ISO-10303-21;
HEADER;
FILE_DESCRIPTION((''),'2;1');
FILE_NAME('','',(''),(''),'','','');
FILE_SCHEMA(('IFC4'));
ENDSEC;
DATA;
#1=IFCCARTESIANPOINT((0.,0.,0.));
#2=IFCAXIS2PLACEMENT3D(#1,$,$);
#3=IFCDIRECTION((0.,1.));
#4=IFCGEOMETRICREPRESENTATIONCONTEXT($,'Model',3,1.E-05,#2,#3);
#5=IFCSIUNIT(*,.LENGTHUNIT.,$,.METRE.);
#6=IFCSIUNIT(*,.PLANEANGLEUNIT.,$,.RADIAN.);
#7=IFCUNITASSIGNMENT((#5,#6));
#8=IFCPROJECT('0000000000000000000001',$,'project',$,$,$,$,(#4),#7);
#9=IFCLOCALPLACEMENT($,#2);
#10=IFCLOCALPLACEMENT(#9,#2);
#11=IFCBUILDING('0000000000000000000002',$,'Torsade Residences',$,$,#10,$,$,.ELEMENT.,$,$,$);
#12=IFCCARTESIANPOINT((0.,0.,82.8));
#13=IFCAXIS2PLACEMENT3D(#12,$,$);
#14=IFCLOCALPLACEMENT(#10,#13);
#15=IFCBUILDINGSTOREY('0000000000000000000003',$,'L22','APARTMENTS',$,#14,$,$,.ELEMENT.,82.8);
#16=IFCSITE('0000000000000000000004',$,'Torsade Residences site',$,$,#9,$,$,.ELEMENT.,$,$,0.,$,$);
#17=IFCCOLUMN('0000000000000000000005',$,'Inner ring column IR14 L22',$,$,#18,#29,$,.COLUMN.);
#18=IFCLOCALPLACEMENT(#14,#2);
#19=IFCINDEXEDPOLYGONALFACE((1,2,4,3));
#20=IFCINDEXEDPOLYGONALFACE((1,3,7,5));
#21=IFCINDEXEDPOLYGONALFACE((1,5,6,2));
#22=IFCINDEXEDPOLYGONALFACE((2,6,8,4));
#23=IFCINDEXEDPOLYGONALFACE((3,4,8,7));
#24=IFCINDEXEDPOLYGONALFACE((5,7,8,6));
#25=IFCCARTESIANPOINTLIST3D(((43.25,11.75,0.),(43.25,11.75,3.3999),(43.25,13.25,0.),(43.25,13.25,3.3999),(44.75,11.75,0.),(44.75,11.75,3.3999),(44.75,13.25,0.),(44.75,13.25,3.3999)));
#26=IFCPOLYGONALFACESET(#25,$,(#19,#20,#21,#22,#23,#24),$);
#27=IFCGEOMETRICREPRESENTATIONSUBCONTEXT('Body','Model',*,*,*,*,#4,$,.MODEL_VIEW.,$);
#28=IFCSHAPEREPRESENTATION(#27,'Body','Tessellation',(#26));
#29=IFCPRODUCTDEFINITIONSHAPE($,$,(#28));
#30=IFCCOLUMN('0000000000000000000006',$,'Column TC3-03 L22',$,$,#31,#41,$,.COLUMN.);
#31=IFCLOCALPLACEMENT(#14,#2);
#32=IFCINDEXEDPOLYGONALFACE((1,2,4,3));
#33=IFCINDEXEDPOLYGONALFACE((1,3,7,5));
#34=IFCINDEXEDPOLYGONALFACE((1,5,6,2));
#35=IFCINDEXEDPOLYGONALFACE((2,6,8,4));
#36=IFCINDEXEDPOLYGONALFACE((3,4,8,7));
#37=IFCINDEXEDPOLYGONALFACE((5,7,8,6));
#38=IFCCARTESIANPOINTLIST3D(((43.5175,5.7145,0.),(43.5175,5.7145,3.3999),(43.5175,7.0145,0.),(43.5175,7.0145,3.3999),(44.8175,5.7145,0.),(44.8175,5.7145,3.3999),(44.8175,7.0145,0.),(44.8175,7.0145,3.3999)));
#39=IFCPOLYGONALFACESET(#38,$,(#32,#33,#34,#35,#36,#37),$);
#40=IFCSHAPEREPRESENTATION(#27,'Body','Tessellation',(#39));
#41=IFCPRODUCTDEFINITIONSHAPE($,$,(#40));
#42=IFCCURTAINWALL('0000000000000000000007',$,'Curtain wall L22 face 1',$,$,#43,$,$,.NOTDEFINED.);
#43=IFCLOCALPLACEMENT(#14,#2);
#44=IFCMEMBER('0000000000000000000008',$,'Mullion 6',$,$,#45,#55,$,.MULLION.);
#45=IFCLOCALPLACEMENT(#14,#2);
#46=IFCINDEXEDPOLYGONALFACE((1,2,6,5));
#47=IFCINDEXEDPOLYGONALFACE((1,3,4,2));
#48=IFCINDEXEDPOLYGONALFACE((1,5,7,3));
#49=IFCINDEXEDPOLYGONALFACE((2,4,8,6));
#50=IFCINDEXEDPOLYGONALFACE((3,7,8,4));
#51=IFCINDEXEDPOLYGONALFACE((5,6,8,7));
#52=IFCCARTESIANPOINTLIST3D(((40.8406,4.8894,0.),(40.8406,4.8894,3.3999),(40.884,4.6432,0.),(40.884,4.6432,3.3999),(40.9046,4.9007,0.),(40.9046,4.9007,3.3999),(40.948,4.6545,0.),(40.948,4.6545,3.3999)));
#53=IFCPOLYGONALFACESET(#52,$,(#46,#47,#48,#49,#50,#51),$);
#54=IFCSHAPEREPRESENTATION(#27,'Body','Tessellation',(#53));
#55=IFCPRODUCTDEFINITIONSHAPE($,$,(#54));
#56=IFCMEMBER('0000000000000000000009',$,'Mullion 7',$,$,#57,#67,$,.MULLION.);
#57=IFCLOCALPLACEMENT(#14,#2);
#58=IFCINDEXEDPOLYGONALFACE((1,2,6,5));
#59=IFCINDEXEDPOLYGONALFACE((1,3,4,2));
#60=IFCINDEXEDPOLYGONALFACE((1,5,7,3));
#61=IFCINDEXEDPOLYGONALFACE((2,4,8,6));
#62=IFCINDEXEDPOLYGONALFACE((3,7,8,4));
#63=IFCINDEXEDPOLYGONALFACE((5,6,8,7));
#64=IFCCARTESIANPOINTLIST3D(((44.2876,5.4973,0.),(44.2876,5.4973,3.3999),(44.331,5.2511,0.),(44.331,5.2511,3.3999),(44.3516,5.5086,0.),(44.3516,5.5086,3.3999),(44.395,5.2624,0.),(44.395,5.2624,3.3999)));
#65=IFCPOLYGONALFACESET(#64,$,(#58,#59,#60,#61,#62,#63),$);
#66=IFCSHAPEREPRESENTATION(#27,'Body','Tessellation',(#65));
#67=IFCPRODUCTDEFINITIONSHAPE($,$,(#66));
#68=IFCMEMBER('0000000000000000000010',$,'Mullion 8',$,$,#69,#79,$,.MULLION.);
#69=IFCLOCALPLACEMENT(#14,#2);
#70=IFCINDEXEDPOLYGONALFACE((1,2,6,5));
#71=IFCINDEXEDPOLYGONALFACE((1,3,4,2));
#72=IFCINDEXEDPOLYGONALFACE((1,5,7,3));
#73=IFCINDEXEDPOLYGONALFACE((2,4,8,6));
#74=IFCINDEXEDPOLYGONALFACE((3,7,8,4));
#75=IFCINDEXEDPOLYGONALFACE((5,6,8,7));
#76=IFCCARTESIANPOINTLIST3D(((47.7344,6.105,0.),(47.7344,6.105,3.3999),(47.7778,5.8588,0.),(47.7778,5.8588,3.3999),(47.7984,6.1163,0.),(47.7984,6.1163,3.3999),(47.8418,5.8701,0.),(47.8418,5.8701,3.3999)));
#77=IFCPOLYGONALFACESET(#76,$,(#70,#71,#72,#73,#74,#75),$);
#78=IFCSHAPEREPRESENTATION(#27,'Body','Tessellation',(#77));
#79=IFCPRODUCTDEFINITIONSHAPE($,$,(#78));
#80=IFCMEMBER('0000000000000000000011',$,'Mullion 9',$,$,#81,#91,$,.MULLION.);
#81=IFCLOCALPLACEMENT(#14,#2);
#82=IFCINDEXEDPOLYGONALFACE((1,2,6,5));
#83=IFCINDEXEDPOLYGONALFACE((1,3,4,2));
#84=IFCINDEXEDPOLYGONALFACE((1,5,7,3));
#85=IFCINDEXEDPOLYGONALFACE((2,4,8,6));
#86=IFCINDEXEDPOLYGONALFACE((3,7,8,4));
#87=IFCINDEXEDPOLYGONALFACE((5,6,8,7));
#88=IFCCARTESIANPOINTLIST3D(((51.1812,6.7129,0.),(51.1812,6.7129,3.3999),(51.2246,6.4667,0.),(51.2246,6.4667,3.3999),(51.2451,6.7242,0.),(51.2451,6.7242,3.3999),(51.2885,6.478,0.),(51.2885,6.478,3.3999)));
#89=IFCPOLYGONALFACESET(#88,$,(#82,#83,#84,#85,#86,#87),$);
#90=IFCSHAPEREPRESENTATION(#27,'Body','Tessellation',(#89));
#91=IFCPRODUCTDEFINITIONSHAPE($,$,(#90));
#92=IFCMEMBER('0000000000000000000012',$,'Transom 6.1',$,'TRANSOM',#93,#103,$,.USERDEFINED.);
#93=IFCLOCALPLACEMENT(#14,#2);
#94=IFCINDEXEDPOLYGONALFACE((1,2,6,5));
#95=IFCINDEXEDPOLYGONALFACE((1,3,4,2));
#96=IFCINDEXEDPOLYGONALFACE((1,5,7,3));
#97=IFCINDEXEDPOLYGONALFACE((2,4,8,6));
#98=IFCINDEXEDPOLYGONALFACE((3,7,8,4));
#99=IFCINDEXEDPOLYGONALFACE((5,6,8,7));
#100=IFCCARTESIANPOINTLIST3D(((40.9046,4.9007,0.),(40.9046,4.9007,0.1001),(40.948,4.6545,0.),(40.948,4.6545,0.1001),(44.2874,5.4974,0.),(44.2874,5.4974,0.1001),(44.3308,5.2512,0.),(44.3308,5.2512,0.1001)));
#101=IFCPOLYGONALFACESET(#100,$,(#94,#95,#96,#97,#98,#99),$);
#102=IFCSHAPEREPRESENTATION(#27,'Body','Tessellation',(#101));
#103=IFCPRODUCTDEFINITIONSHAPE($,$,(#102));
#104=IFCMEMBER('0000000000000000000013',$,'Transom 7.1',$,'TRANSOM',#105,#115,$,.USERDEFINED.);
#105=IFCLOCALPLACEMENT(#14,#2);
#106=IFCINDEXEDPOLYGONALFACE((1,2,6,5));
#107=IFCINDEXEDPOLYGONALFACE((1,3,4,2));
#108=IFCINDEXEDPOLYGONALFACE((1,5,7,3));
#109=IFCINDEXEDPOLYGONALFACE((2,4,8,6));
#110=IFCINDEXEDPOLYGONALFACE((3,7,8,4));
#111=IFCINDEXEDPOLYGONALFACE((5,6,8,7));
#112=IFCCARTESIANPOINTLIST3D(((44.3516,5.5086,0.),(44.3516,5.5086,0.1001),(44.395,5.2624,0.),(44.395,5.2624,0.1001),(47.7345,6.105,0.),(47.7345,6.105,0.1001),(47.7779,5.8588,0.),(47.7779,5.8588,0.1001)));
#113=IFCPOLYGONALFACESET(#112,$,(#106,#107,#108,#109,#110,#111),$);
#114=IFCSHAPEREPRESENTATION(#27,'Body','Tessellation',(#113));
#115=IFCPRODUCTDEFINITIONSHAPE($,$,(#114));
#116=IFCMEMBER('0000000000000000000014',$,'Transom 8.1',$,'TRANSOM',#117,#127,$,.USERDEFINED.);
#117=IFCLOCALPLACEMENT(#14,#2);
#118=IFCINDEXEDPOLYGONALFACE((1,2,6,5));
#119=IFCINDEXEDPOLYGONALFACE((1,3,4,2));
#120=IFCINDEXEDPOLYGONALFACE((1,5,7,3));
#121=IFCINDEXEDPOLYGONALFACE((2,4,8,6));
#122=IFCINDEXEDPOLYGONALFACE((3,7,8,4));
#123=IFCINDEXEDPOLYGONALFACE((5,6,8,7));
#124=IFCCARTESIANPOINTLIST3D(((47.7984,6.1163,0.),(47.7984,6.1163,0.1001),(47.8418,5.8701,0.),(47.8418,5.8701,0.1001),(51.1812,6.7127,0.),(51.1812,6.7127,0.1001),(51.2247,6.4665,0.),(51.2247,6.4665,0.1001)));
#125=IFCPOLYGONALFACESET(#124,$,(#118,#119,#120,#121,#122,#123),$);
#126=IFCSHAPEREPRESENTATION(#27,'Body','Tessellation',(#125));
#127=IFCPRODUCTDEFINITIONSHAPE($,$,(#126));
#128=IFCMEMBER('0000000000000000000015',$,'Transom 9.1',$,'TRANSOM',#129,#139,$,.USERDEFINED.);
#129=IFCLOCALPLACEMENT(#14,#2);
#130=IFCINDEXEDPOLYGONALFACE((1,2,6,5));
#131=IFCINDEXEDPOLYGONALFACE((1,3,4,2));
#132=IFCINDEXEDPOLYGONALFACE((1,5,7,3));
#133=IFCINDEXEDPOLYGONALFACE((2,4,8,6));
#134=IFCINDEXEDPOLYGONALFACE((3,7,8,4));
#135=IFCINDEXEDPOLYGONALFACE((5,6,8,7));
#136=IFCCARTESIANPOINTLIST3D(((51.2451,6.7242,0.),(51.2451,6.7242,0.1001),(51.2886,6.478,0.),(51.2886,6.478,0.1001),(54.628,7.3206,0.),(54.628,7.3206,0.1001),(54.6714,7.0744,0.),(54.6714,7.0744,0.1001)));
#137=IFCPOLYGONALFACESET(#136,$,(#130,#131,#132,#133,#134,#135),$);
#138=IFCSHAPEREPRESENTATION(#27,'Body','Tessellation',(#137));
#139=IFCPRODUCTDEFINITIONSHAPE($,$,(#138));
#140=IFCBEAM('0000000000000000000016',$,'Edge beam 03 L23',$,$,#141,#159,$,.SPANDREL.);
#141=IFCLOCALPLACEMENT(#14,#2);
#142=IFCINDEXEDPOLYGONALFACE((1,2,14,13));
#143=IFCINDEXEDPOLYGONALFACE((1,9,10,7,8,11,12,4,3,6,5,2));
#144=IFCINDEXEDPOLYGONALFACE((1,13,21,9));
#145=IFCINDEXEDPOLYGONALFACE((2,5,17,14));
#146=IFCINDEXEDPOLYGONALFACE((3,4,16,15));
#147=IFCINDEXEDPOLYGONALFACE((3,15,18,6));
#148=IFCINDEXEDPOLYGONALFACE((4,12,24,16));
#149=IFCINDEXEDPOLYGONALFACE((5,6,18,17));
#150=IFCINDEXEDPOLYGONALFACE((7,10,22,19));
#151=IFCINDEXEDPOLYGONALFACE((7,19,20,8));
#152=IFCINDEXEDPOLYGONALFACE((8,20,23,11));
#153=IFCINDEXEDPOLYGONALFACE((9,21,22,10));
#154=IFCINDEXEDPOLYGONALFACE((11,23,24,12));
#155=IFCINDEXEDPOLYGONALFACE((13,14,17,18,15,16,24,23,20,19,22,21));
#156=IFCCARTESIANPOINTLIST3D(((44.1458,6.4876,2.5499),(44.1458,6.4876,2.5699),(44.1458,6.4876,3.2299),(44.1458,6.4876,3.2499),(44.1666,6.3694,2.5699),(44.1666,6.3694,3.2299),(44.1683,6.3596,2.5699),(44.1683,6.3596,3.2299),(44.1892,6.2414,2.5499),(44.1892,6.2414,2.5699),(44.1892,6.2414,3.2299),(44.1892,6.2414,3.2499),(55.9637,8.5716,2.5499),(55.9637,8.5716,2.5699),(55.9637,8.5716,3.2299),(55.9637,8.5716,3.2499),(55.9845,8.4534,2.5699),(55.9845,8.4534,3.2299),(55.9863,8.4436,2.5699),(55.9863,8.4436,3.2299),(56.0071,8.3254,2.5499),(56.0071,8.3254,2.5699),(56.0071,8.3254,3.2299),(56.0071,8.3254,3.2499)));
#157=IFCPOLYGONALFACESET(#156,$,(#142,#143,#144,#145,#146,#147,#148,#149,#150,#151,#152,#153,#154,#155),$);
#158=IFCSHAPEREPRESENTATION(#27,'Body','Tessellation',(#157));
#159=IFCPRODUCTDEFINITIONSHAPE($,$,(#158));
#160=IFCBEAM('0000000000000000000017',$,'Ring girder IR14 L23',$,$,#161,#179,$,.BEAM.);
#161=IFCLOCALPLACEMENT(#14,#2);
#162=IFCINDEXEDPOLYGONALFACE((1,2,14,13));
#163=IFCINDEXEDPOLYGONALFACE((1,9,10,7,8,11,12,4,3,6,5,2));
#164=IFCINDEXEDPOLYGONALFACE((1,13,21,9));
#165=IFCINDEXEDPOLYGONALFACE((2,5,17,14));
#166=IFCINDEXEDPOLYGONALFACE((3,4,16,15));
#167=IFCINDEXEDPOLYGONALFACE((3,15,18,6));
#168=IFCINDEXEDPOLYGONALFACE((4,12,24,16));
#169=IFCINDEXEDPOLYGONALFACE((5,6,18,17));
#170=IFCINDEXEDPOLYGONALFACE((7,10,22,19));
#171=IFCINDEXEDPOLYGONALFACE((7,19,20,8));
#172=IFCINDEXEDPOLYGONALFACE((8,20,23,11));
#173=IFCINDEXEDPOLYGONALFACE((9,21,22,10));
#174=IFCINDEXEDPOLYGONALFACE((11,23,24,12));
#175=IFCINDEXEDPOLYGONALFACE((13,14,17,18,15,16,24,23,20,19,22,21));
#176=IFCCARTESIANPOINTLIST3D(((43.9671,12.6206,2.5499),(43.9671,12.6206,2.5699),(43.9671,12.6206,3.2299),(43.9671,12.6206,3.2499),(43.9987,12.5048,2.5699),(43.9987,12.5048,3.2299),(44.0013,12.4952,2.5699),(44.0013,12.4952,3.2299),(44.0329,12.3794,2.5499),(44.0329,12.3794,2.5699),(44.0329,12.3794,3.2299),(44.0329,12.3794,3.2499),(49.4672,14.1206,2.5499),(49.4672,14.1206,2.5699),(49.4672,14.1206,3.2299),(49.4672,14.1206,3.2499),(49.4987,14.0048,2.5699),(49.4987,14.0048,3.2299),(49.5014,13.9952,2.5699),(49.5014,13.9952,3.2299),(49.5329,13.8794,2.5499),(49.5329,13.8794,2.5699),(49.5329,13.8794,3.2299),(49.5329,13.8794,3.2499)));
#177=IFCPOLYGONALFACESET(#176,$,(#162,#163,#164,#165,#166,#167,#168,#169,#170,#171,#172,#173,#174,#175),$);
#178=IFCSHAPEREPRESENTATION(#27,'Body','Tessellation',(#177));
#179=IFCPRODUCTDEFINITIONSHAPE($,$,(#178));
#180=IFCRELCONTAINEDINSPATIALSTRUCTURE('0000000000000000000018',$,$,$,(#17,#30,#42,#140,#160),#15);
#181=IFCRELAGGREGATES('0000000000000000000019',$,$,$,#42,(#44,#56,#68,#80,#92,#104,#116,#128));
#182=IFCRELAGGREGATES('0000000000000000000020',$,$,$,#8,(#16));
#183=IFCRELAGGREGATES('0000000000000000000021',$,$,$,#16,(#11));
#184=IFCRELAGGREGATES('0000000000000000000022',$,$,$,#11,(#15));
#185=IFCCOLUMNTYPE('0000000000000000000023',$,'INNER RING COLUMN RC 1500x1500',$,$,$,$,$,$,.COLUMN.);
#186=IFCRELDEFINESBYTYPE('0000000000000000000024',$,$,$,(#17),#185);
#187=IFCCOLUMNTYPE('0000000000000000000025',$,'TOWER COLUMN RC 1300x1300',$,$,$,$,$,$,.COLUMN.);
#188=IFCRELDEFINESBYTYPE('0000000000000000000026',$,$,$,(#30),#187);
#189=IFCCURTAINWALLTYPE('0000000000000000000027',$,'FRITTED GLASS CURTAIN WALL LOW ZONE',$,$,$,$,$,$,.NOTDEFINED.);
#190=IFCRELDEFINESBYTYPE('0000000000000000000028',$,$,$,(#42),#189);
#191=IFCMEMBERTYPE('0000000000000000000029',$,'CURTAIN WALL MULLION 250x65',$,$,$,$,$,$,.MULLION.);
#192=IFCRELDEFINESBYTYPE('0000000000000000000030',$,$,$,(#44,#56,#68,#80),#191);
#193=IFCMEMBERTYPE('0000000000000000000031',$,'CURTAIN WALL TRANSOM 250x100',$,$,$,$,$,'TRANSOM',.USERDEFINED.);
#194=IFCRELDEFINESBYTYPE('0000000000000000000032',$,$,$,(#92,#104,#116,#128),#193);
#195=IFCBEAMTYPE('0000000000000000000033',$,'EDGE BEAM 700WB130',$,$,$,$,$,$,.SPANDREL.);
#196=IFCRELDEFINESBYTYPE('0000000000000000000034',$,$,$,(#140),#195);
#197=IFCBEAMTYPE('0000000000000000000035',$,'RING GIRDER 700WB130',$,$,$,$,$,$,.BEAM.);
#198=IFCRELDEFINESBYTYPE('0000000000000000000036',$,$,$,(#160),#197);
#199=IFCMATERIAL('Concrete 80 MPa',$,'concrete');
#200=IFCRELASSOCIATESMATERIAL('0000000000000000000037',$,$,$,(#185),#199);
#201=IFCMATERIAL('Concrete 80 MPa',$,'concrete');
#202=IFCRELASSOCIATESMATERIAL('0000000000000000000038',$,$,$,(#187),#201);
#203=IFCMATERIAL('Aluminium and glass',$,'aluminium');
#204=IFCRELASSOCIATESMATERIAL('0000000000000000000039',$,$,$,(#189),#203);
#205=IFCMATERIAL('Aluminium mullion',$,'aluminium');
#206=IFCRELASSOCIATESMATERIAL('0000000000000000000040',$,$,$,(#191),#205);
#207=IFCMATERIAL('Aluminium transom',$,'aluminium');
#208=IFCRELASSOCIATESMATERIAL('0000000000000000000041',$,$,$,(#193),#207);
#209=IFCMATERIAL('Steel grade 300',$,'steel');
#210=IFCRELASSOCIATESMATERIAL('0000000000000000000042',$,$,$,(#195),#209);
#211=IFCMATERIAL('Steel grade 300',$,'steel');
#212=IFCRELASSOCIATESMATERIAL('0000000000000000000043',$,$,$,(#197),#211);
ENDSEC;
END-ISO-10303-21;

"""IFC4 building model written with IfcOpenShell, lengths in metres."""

from ifc_helpers import new_model, si_unit, direction, frame, origin, origin_2d, place, context, subcontext, project, spatial, rectangle, i_section, extrude, material, material_profile, profile_set, type_object, element, aggregate, save


model = new_model("IFC4")

# Units and contexts
model_context = context("Model", 3, precision=1e-05, world=origin(), true_north=direction((0.0, 1.0)))
body_context = subcontext(model_context, "Body", "Model", "MODEL_VIEW")
ifc_project = project(units=[si_unit("LENGTHUNIT", "METRE"), si_unit("PLANEANGLEUNIT", "RADIAN")], contexts=[model_context])

# Site, building, storey
site_placement = place(None, origin())
site = spatial("IfcSite", under=ifc_project, at=site_placement, Name="Torsade Residences site", CompositionType="ELEMENT", RefElevation=0.0)
building_placement = place(site_placement, origin())
building = spatial("IfcBuilding", under=site, at=building_placement, Name="Torsade Residences", CompositionType="ELEMENT")
storey_placement = place(building_placement, frame((0.0, 0.0, 82.8)))
storey = spatial("IfcBuildingStorey", under=building, at=storey_placement, Name="L22", Description="APARTMENTS", CompositionType="ELEMENT", Elevation=82.8)

# Columns
ifc_material_1 = material(Name="Concrete 80 MPa", Category="concrete")
ifc_material_profile_1 = material_profile(ifc_material_1, rectangle(XDim=1.5, YDim=1.5, at=origin_2d()), Name="RC 1500x1500")
ifc_profile_set_1 = profile_set([ifc_material_profile_1], Name="Concrete 80 MPa")
column_type_1 = type_object("IfcColumnType", Name="INNER RING COLUMN RC 1500x1500", PredefinedType="COLUMN", material=ifc_profile_set_1)
column_1_placement = place(storey_placement, frame((44.0, 12.5, 0.0), z_axis=(0.0, 0.0, 1.0), x_axis=(1.0, 0.0, 0.0)))
element("IfcColumn", 1, at=column_1_placement, inside=storey, type_object=column_type_1, Name="Inner ring column IR14 L22", PredefinedType="COLUMN", context=body_context, shape_type="SweptSolid", body=[
    extrude(rectangle(XDim=1.5, YDim=1.5, at=origin_2d()), origin(), (0.0, 0.0, 1.0), 3.3999),
])
ifc_material_2 = material(Name="Concrete 80 MPa", Category="concrete")
ifc_material_profile_2 = material_profile(ifc_material_2, rectangle(XDim=1.3, YDim=1.3, at=origin_2d()), Name="RC 1300x1300")
ifc_profile_set_2 = profile_set([ifc_material_profile_2], Name="Concrete 80 MPa")
column_type_2 = type_object("IfcColumnType", Name="TOWER COLUMN RC 1300x1300", PredefinedType="COLUMN", material=ifc_profile_set_2)
column_2_placement = place(storey_placement, frame((44.1675, 6.3645, 0.0), z_axis=(0.0, 0.0, 1.0), x_axis=(1.0, 0.0, 0.0)))
element("IfcColumn", 2, at=column_2_placement, inside=storey, type_object=column_type_2, Name="Column TC3-03 L22", PredefinedType="COLUMN", context=body_context, shape_type="SweptSolid", body=[
    extrude(rectangle(XDim=1.3, YDim=1.3, at=origin_2d()), origin(), (0.0, 0.0, 1.0), 3.3999),
])

# Curtain wall, members
ifc_material_3 = material(Name="Aluminium and glass", Category="aluminium")
curtain_wall_type = type_object("IfcCurtainWallType", Name="FRITTED GLASS CURTAIN WALL LOW ZONE", PredefinedType="NOTDEFINED", material=ifc_material_3)
curtain_wall_placement = place(storey_placement, origin())
curtain_wall = element("IfcCurtainWall", 3, at=curtain_wall_placement, inside=storey, type_object=curtain_wall_type, Name="Curtain wall L22 face 1", PredefinedType="NOTDEFINED")
ifc_material_4 = material(Name="Aluminium mullion", Category="aluminium")
ifc_material_profile_3 = material_profile(ifc_material_4, rectangle(XDim=0.25, YDim=0.0649, at=origin_2d()), Name="CURTAIN WALL MULLION 250x65")
ifc_profile_set_3 = profile_set([ifc_material_profile_3], Name="Aluminium mullion")
member_type_1 = type_object("IfcMemberType", Name="CURTAIN WALL MULLION 250x65", PredefinedType="MULLION", material=ifc_profile_set_3)
member_1_placement = place(storey_placement, frame((40.8943, 4.772, 0.0), z_axis=(0.0, 0.0, 1.0), x_axis=(-0.173648, 0.984808, 0.0)))
member_1 = element("IfcMember", 4, at=member_1_placement, type_object=member_type_1, Name="Mullion 6", PredefinedType="MULLION", context=body_context, shape_type="SweptSolid", body=[
    extrude(rectangle(XDim=0.25, YDim=0.0649, at=origin_2d()), origin(), (0.0, 0.0, 1.0), 3.3999),
])
member_2_placement = place(storey_placement, frame((44.3413, 5.3799, 0.0), z_axis=(0.0, 0.0, 1.0), x_axis=(-0.173648, 0.984808, 0.0)))
member_2 = element("IfcMember", 5, at=member_2_placement, type_object=member_type_1, Name="Mullion 7", PredefinedType="MULLION", context=body_context, shape_type="SweptSolid", body=[
    extrude(rectangle(XDim=0.25, YDim=0.0649, at=origin_2d()), origin(), (0.0, 0.0, 1.0), 3.3999),
])
member_3_placement = place(storey_placement, frame((47.7881, 5.9875, 0.0), z_axis=(0.0, 0.0, 1.0), x_axis=(-0.173648, 0.984808, 0.0)))
member_3 = element("IfcMember", 6, at=member_3_placement, type_object=member_type_1, Name="Mullion 8", PredefinedType="MULLION", context=body_context, shape_type="SweptSolid", body=[
    extrude(rectangle(XDim=0.25, YDim=0.0649, at=origin_2d()), origin(), (0.0, 0.0, 1.0), 3.3999),
])
member_4_placement = place(storey_placement, frame((51.2349, 6.5955, 0.0), z_axis=(0.0, 0.0, 1.0), x_axis=(-0.173648, 0.984808, 0.0)))
member_4 = element("IfcMember", 7, at=member_4_placement, type_object=member_type_1, Name="Mullion 9", PredefinedType="MULLION", context=body_context, shape_type="SweptSolid", body=[
    extrude(rectangle(XDim=0.25, YDim=0.0649, at=origin_2d()), origin(), (0.0, 0.0, 1.0), 3.3999),
])
ifc_material_5 = material(Name="Aluminium transom", Category="aluminium")
ifc_material_profile_4 = material_profile(ifc_material_5, rectangle(XDim=0.25, YDim=0.1001, at=origin_2d()), Name="CURTAIN WALL TRANSOM 250x100")
ifc_profile_set_4 = profile_set([ifc_material_profile_4], Name="Aluminium transom")
member_type_2 = type_object("IfcMemberType", Name="CURTAIN WALL TRANSOM 250x100", ElementType="TRANSOM", PredefinedType="USERDEFINED", material=ifc_profile_set_4)
member_5_placement = place(storey_placement, frame((40.9263, 4.7776, 0.05), z_axis=(0.984798, 0.173704, 0.0), x_axis=(-0.173704, 0.984798, 0.0)))
member_5 = element("IfcMember", 8, at=member_5_placement, type_object=member_type_2, Name="Transom 6.1", ObjectType="TRANSOM", PredefinedType="USERDEFINED", context=body_context, shape_type="SweptSolid", body=[
    extrude(rectangle(XDim=0.25, YDim=0.1001, at=origin_2d()), origin(), (0.0, 0.0, 1.0), 3.4351),
])
member_6_placement = place(storey_placement, frame((44.3733, 5.3855, 0.05), z_axis=(0.98481, 0.173635, 0.0), x_axis=(-0.173635, 0.98481, 0.0)))
member_6 = element("IfcMember", 9, at=member_6_placement, type_object=member_type_2, Name="Transom 7.1", ObjectType="TRANSOM", PredefinedType="USERDEFINED", context=body_context, shape_type="SweptSolid", body=[
    extrude(rectangle(XDim=0.25, YDim=0.1001, at=origin_2d()), origin(), (0.0, 0.0, 1.0), 3.4351),
])
member_7_placement = place(storey_placement, frame((47.8201, 5.9932, 0.05), z_axis=(0.98481, 0.173635, 0.0), x_axis=(-0.173635, 0.98481, 0.0)))
member_7 = element("IfcMember", 10, at=member_7_placement, type_object=member_type_2, Name="Transom 8.1", ObjectType="TRANSOM", PredefinedType="USERDEFINED", context=body_context, shape_type="SweptSolid", body=[
    extrude(rectangle(XDim=0.25, YDim=0.1001, at=origin_2d()), origin(), (0.0, 0.0, 1.0), 3.4351),
])
member_8_placement = place(storey_placement, frame((51.2668, 6.6011, 0.05), z_axis=(0.98481, 0.173635, 0.0), x_axis=(-0.173635, 0.98481, 0.0)))
member_8 = element("IfcMember", 11, at=member_8_placement, type_object=member_type_2, Name="Transom 9.1", ObjectType="TRANSOM", PredefinedType="USERDEFINED", context=body_context, shape_type="SweptSolid", body=[
    extrude(rectangle(XDim=0.25, YDim=0.1001, at=origin_2d()), origin(), (0.0, 0.0, 1.0), 3.4351),
])

# Beams
ifc_material_6 = material(Name="Steel grade 300", Category="steel")
ifc_material_profile_5 = material_profile(ifc_material_6, i_section(OverallWidth=0.25, OverallDepth=0.7, WebThickness=0.01, FlangeThickness=0.02, at=origin_2d()), Name="700WB130")
ifc_profile_set_5 = profile_set([ifc_material_profile_5], Name="Steel grade 300")
beam_type_1 = type_object("IfcBeamType", Name="EDGE BEAM 700WB130", PredefinedType="SPANDREL", material=ifc_profile_set_5)
beam_1_placement = place(storey_placement, frame((44.1675, 6.3645, 2.8999), z_axis=(0.984805, 0.173662, 0.0), x_axis=(-0.173662, 0.984805, 0.0)))
element("IfcBeam", 12, at=beam_1_placement, inside=storey, type_object=beam_type_1, Name="Edge beam 03 L23", PredefinedType="SPANDREL", context=body_context, shape_type="SweptSolid", body=[
    extrude(i_section(OverallWidth=0.25, OverallDepth=0.7, WebThickness=0.01, FlangeThickness=0.02, at=origin_2d()), origin(), (0.0, 0.0, 1.0), 12.0002),
])
ifc_material_7 = material(Name="Steel grade 300", Category="steel")
ifc_material_profile_6 = material_profile(ifc_material_7, i_section(OverallWidth=0.25, OverallDepth=0.7, WebThickness=0.01, FlangeThickness=0.02, at=origin_2d()), Name="700WB130")
ifc_profile_set_6 = profile_set([ifc_material_profile_6], Name="Steel grade 300")
beam_type_2 = type_object("IfcBeamType", Name="RING GIRDER 700WB130", PredefinedType="BEAM", material=ifc_profile_set_6)
beam_2_placement = place(storey_placement, frame((44.0, 12.5, 2.8999), z_axis=(0.964764, 0.263117, 0.0), x_axis=(-0.263117, 0.964764, 0.0)))
element("IfcBeam", 13, at=beam_2_placement, inside=storey, type_object=beam_type_2, Name="Ring girder IR14 L23", PredefinedType="BEAM", context=body_context, shape_type="SweptSolid", body=[
    extrude(i_section(OverallWidth=0.25, OverallDepth=0.7, WebThickness=0.01, FlangeThickness=0.02, at=origin_2d()), origin(), (0.0, 0.0, 1.0), 5.7009),
])

aggregate(curtain_wall, [member_1, member_2, member_3, member_4, member_5, member_6, member_7, member_8])

save(model, "model.ifc")
